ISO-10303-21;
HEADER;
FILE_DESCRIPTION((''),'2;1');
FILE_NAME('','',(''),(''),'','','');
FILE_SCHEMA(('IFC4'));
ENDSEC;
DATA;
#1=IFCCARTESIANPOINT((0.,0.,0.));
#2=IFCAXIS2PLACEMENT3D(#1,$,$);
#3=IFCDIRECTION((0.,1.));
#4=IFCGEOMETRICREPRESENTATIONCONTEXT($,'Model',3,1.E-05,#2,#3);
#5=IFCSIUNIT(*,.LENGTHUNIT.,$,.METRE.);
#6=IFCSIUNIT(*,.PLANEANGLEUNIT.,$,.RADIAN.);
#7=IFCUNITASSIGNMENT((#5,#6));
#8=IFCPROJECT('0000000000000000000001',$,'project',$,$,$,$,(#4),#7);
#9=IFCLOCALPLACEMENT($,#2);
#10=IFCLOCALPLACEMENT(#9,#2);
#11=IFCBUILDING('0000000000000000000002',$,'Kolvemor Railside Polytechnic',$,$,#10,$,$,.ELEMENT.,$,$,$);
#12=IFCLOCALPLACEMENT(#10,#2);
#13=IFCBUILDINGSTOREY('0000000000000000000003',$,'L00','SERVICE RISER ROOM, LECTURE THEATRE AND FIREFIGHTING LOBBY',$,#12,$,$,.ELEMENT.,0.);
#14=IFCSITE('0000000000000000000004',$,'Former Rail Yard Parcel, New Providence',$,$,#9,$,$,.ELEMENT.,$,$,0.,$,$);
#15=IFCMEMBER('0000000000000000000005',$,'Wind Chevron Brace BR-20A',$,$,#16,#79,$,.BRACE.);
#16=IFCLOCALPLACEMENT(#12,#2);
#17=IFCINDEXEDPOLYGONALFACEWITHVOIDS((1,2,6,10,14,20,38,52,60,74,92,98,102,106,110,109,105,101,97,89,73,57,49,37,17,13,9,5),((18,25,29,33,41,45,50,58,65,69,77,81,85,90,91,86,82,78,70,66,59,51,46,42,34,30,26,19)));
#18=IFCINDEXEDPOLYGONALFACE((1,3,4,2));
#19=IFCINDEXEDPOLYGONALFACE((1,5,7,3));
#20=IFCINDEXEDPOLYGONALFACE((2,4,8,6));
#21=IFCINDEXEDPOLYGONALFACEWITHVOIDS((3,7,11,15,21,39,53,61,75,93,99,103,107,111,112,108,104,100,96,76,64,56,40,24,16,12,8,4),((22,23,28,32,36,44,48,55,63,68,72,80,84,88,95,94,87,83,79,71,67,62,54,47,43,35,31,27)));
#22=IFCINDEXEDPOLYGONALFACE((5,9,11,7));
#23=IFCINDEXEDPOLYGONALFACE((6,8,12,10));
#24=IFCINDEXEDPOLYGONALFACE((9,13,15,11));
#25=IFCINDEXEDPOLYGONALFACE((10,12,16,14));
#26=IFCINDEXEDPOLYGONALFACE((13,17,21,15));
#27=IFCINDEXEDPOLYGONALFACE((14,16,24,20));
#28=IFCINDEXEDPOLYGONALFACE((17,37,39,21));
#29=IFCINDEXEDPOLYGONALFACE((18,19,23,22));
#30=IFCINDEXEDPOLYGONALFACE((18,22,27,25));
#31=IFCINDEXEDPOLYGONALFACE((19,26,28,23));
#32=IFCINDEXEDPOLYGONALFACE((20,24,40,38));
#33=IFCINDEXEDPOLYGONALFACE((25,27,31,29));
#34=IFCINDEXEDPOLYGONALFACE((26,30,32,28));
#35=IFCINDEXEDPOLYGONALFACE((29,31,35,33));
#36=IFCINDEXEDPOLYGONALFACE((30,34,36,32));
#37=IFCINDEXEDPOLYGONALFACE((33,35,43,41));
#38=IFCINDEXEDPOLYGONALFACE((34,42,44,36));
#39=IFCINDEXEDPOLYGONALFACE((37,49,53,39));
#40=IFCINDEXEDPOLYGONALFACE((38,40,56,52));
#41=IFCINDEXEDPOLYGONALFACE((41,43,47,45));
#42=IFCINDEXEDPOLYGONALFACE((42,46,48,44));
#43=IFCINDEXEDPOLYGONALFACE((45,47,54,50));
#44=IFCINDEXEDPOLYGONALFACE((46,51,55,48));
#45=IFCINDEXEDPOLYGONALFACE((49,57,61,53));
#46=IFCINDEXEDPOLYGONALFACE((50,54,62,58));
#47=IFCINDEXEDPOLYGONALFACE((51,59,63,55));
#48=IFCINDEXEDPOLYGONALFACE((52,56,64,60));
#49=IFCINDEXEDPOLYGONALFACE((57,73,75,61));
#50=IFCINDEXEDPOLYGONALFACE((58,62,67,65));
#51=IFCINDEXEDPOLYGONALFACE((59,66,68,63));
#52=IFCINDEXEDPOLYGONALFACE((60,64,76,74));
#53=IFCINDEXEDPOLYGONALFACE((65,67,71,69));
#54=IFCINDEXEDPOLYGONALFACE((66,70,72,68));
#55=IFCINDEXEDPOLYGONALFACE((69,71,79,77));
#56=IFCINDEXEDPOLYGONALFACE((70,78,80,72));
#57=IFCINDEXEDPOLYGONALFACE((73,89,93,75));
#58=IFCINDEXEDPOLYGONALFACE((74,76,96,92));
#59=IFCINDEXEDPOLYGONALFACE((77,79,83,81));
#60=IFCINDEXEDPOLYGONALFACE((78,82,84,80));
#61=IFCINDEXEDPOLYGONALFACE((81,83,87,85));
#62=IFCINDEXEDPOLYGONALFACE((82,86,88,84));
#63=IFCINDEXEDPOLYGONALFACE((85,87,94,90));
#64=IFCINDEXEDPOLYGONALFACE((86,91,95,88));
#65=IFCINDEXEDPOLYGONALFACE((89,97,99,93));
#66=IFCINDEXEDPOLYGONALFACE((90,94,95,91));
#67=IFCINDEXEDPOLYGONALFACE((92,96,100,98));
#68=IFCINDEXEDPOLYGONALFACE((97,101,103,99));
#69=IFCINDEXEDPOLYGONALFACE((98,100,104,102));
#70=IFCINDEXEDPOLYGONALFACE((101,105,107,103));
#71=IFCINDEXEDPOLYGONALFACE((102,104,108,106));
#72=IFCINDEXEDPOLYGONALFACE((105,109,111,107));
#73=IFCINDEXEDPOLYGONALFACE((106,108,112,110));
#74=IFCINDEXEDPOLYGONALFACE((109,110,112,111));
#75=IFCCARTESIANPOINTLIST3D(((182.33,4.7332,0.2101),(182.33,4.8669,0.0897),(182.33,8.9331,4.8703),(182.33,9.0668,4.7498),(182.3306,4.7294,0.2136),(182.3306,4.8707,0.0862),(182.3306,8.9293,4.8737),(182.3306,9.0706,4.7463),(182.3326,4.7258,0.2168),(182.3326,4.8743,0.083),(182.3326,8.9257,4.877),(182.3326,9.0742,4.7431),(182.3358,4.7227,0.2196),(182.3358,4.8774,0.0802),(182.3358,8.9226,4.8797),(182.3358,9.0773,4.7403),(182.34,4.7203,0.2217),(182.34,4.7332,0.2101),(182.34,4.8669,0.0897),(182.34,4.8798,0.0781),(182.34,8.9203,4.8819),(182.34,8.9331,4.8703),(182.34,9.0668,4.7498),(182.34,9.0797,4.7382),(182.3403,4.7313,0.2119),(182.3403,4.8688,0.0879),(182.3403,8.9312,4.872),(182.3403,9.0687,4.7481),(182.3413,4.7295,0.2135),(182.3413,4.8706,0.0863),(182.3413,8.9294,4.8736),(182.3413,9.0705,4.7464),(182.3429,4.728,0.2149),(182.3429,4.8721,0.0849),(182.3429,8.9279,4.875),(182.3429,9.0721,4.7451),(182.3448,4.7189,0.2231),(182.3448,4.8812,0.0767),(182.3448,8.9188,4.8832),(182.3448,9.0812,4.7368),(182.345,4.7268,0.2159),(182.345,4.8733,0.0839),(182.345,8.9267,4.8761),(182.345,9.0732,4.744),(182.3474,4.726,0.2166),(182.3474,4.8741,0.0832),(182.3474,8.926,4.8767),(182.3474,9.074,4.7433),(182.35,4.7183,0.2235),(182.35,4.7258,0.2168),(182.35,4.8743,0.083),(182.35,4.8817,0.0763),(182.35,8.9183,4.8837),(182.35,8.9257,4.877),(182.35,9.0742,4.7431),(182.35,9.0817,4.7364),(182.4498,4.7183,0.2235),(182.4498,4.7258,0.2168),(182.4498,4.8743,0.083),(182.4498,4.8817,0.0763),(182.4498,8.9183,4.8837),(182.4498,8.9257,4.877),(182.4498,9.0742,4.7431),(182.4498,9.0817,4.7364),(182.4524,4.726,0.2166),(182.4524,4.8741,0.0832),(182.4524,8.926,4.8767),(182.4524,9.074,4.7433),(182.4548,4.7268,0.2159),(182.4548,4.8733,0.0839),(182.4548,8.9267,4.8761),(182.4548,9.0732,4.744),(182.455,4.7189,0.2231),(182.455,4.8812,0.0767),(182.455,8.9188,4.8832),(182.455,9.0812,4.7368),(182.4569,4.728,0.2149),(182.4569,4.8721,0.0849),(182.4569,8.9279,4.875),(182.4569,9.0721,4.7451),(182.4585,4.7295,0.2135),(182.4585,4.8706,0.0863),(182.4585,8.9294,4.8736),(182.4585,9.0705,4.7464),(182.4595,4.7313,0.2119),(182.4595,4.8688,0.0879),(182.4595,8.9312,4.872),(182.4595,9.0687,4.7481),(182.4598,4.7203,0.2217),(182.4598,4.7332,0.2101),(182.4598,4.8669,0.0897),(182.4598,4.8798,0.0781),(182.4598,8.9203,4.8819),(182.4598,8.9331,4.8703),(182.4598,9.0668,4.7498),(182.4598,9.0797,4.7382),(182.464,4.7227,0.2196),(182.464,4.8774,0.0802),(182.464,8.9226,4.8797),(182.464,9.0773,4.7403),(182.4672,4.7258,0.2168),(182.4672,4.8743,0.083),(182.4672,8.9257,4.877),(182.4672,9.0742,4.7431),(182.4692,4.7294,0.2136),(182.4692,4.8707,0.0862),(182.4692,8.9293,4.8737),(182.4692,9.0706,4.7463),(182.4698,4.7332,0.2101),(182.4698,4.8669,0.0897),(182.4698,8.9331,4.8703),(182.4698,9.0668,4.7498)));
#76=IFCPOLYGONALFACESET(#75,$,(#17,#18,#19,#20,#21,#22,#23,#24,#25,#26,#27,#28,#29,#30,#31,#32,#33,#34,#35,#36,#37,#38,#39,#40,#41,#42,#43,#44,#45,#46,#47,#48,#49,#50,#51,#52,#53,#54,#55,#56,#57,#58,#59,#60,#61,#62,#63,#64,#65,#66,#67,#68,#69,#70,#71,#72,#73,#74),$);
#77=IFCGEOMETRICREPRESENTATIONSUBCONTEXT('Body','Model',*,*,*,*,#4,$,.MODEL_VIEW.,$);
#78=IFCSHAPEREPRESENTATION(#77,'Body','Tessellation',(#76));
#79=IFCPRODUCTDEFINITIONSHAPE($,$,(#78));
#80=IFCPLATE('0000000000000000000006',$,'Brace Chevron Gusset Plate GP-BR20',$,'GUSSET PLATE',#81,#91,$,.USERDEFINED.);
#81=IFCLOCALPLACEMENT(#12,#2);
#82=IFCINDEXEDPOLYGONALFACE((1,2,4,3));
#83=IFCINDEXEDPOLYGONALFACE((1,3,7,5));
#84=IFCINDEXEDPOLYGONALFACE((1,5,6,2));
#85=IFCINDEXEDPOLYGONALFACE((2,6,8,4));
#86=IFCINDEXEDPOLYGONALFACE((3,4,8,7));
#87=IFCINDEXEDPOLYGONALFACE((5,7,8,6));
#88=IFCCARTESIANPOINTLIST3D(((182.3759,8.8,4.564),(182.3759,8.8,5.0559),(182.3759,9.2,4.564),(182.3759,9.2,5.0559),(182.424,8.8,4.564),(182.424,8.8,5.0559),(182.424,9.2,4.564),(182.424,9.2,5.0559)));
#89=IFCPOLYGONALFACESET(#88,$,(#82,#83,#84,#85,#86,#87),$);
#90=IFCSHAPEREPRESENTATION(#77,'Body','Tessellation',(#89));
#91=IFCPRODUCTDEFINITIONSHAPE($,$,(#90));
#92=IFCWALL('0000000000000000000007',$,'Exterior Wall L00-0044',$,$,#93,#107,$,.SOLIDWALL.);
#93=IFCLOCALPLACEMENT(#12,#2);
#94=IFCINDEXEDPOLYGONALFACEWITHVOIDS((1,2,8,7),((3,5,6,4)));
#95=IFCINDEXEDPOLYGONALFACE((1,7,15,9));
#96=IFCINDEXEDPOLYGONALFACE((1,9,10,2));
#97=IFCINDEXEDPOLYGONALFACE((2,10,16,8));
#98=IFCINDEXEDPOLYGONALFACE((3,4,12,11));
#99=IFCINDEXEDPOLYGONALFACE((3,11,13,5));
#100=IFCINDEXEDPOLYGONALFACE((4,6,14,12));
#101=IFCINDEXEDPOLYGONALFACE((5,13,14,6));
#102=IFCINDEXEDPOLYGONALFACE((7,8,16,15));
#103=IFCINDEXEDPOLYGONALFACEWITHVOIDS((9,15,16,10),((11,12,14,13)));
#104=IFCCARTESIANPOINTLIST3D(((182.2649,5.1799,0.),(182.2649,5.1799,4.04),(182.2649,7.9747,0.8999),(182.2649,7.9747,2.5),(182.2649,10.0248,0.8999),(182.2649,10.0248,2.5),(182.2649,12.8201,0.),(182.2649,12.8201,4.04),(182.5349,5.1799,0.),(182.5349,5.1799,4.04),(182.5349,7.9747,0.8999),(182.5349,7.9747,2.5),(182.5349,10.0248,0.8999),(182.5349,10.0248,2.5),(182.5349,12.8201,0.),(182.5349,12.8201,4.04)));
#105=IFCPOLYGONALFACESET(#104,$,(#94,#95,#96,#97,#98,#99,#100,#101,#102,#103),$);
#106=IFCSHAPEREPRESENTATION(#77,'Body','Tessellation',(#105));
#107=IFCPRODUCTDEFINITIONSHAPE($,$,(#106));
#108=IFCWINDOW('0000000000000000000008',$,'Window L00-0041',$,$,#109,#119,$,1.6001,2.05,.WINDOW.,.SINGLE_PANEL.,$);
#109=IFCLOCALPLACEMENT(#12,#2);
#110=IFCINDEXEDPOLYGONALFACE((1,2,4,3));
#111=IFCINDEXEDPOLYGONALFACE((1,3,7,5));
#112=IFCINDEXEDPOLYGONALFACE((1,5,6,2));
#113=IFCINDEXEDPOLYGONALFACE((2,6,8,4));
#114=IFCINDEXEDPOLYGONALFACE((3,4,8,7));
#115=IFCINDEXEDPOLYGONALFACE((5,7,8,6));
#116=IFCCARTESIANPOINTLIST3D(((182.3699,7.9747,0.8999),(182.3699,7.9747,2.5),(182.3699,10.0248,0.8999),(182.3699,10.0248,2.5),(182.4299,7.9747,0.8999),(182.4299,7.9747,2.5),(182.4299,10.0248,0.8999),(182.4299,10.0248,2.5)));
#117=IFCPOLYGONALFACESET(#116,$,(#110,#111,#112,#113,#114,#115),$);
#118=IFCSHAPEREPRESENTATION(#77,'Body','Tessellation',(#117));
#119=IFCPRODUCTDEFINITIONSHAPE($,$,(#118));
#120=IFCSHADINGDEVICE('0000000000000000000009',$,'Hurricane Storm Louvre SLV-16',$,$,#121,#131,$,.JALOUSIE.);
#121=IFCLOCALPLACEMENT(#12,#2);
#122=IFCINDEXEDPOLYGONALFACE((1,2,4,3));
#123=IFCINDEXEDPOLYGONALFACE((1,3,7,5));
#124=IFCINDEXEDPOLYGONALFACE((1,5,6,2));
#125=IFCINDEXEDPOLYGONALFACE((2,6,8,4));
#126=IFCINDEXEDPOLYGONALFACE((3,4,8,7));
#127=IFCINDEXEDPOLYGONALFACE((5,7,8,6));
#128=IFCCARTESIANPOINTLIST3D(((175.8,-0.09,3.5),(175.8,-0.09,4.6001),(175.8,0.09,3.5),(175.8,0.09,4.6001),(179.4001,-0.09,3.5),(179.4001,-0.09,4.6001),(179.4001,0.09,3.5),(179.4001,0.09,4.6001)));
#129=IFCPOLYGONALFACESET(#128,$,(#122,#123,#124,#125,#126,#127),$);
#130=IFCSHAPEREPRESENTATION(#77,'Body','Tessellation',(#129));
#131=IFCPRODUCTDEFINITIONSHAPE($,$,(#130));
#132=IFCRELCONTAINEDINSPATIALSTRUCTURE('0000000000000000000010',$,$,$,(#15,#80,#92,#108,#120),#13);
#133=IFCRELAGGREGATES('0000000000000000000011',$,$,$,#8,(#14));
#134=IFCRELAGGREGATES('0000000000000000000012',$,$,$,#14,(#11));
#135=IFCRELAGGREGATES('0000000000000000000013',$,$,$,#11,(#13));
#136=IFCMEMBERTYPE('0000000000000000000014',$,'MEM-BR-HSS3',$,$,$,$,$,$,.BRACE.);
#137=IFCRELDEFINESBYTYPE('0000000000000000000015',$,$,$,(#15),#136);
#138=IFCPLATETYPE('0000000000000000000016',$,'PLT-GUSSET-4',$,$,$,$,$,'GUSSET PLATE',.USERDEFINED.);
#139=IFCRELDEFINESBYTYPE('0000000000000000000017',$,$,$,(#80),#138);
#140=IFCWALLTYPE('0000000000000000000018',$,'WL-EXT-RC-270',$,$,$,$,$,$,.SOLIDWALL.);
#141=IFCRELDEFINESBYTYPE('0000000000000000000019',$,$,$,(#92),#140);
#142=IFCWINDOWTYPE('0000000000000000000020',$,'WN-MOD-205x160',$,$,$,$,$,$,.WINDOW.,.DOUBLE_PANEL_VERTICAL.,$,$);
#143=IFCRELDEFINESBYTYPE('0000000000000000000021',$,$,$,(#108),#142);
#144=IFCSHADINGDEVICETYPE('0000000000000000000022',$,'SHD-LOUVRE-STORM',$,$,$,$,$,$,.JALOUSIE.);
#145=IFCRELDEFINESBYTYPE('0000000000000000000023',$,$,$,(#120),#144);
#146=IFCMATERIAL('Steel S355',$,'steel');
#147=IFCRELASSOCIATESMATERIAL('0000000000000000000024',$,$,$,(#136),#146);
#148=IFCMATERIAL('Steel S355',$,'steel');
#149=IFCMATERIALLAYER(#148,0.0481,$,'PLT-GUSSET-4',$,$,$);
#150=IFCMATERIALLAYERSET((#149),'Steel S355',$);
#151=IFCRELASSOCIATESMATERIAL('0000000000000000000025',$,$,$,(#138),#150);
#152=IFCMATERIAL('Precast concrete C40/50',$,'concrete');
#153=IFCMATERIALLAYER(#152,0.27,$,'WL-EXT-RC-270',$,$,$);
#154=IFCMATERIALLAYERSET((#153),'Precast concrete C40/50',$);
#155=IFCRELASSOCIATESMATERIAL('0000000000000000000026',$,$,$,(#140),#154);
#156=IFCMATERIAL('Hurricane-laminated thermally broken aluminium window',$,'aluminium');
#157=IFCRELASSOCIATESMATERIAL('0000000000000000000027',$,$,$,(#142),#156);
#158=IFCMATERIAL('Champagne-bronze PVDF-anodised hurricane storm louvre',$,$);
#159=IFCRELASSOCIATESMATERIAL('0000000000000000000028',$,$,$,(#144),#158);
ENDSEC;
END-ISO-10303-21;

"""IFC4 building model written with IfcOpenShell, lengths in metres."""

from ifc_helpers import new_model, si_unit, direction, frame, frame_2d, origin, origin_2d, place, context, subcontext, project, spatial, rectangle, hollow_rectangle, extrude, material, layer, layer_set, material_profile, profile_set, type_object, element, fill, save


model = new_model("IFC4")

# Units and contexts
model_context = context("Model", 3, precision=1e-05, world=origin(), true_north=direction((0.0, 1.0)))
body_context = subcontext(model_context, "Body", "Model", "MODEL_VIEW")
ifc_project = project(units=[si_unit("LENGTHUNIT", "METRE"), si_unit("PLANEANGLEUNIT", "RADIAN")], contexts=[model_context])

# Site, building, storey
site_placement = place(None, origin())
site = spatial("IfcSite", under=ifc_project, at=site_placement, Name="Former Rail Yard Parcel, New Providence", CompositionType="ELEMENT", RefElevation=0.0)
building_placement = place(site_placement, origin())
building = spatial("IfcBuilding", under=site, at=building_placement, Name="Kolvemor Railside Polytechnic", CompositionType="ELEMENT")
storey_placement = place(building_placement, origin())
storey = spatial("IfcBuildingStorey", under=building, at=storey_placement, Name="L00", Description="SERVICE RISER ROOM, LECTURE THEATRE AND FIREFIGHTING LOBBY", CompositionType="ELEMENT", Elevation=0.0)

# Member
ifc_material_1 = material(Name="Steel S355", Category="steel")
ifc_material_profile_1 = material_profile(ifc_material_1, hollow_rectangle(XDim=0.1399, YDim=0.22, WallThickness=0.01, InnerFilletRadius=0.01, OuterFilletRadius=0.02, at=origin_2d()), Name="HSS220x140x10")
ifc_profile_set_1 = profile_set([ifc_material_profile_1], Name="Steel S355")
member_type = type_object("IfcMemberType", Name="MEM-BR-HSS3", PredefinedType="BRACE", material=ifc_profile_set_1)
member_placement = place(storey_placement, frame((182.3999, 4.8, 0.1499), z_axis=(0.0, 0.669476, 0.742833), x_axis=(-1.0, 0.0, 0.0)))
element("IfcMember", 1, at=member_placement, inside=storey, type_object=member_type, Name="Wind Chevron Brace BR-20A", PredefinedType="BRACE", context=body_context, shape_type="SweptSolid", body=[
    extrude(hollow_rectangle(XDim=0.1399, YDim=0.22, WallThickness=0.01, InnerFilletRadius=0.01, OuterFilletRadius=0.02, at=origin_2d()), origin(), (0.0, 0.0, 1.0), 6.2734),
])

# Plate
ifc_material_2 = material(Name="Steel S355", Category="steel")
ifc_layer_1 = layer(ifc_material_2, 0.0481, Name="PLT-GUSSET-4")
ifc_layer_set_1 = layer_set([ifc_layer_1], Name="Steel S355")
plate_type = type_object("IfcPlateType", Name="PLT-GUSSET-4", ElementType="GUSSET PLATE", PredefinedType="USERDEFINED", material=ifc_layer_set_1)
plate_placement = place(storey_placement, frame((182.3999, 9.0, 4.564), z_axis=(0.0, 0.0, 1.0), x_axis=(0.0, 1.0, 0.0)))
element("IfcPlate", 2, at=plate_placement, inside=storey, type_object=plate_type, Name="Brace Chevron Gusset Plate GP-BR20", ObjectType="GUSSET PLATE", PredefinedType="USERDEFINED", context=body_context, shape_type="SweptSolid", body=[
    extrude(rectangle(XDim=0.3999, YDim=0.0481, at=origin_2d()), origin(), (0.0, 0.0, 1.0), 0.4919),
])

# Wall, opening, window
ifc_material_3 = material(Name="Precast concrete C40/50", Category="concrete")
ifc_layer_2 = layer(ifc_material_3, 0.27, Name="WL-EXT-RC-270")
ifc_layer_set_2 = layer_set([ifc_layer_2], Name="Precast concrete C40/50")
wall_type = type_object("IfcWallType", Name="WL-EXT-RC-270", PredefinedType="SOLIDWALL", material=ifc_layer_set_2)
wall_placement = place(storey_placement, frame((182.3999, 5.1799, 0.0), z_axis=(0.0, 0.0, 1.0), x_axis=(0.0, 1.0, 0.0)))
wall = element("IfcWall", 3, at=wall_placement, inside=storey, type_object=wall_type, Name="Exterior Wall L00-0044", PredefinedType="SOLIDWALL", context=body_context, shape_type="SweptSolid", body=[
    extrude(rectangle(XDim=7.6401, YDim=0.27, at=frame_2d((3.8201, 0.0))), origin(), (0.0, 0.0, 1.0), 4.04),
])
opening_placement = place(wall_placement, frame((2.7949, 0.0, 0.8999)))
opening = element("IfcOpeningElement", 4, at=opening_placement, cuts=wall, PredefinedType="OPENING", context=body_context, shape_type="SweptSolid", body=[
    extrude(rectangle(XDim=2.05, YDim=1.6001, at=frame_2d((1.0249, 0.8))), frame((0.0, 0.145, 0.0), z_axis=(0.0, -1.0, 0.0), x_axis=(1.0, 0.0, 0.0)), (0.0, 0.0, 1.0), 0.29),
])
ifc_material_4 = material(Name="Hurricane-laminated thermally broken aluminium window", Category="aluminium")
window_type = type_object("IfcWindowType", Name="WN-MOD-205x160", PartitioningType="DOUBLE_PANEL_VERTICAL", PredefinedType="WINDOW", material=ifc_material_4)
window_placement = place(opening_placement, origin())
window = element("IfcWindow", 5, at=window_placement, inside=storey, type_object=window_type, Name="Window L00-0041", OverallHeight=1.6001, OverallWidth=2.05, PartitioningType="SINGLE_PANEL", PredefinedType="WINDOW", context=body_context, shape_type="SweptSolid", body=[
    extrude(rectangle(XDim=2.05, YDim=1.6001, at=frame_2d((1.0249, 0.8))), frame((0.0, 0.03, 0.0), z_axis=(0.0, -1.0, 0.0), x_axis=(1.0, 0.0, 0.0)), (0.0, 0.0, 1.0), 0.0601),
])
fill(opening, window)

# Shading device
ifc_material_5 = material(Name="Champagne-bronze PVDF-anodised hurricane storm louvre")
shading_device_type = type_object("IfcShadingDeviceType", Name="SHD-LOUVRE-STORM", PredefinedType="JALOUSIE", material=ifc_material_5)
shading_device_placement = place(storey_placement, frame((177.6001, 0.0, 3.5), z_axis=(0.0, 0.0, 1.0), x_axis=(1.0, 0.0, 0.0)))
element("IfcShadingDevice", 6, at=shading_device_placement, inside=storey, type_object=shading_device_type, Name="Hurricane Storm Louvre SLV-16", PredefinedType="JALOUSIE", context=body_context, shape_type="SweptSolid", body=[
    extrude(rectangle(XDim=3.6001, YDim=0.1799, at=origin_2d()), origin(), (0.0, 0.0, 1.0), 1.1001),
])

save(model, "model.ifc")
